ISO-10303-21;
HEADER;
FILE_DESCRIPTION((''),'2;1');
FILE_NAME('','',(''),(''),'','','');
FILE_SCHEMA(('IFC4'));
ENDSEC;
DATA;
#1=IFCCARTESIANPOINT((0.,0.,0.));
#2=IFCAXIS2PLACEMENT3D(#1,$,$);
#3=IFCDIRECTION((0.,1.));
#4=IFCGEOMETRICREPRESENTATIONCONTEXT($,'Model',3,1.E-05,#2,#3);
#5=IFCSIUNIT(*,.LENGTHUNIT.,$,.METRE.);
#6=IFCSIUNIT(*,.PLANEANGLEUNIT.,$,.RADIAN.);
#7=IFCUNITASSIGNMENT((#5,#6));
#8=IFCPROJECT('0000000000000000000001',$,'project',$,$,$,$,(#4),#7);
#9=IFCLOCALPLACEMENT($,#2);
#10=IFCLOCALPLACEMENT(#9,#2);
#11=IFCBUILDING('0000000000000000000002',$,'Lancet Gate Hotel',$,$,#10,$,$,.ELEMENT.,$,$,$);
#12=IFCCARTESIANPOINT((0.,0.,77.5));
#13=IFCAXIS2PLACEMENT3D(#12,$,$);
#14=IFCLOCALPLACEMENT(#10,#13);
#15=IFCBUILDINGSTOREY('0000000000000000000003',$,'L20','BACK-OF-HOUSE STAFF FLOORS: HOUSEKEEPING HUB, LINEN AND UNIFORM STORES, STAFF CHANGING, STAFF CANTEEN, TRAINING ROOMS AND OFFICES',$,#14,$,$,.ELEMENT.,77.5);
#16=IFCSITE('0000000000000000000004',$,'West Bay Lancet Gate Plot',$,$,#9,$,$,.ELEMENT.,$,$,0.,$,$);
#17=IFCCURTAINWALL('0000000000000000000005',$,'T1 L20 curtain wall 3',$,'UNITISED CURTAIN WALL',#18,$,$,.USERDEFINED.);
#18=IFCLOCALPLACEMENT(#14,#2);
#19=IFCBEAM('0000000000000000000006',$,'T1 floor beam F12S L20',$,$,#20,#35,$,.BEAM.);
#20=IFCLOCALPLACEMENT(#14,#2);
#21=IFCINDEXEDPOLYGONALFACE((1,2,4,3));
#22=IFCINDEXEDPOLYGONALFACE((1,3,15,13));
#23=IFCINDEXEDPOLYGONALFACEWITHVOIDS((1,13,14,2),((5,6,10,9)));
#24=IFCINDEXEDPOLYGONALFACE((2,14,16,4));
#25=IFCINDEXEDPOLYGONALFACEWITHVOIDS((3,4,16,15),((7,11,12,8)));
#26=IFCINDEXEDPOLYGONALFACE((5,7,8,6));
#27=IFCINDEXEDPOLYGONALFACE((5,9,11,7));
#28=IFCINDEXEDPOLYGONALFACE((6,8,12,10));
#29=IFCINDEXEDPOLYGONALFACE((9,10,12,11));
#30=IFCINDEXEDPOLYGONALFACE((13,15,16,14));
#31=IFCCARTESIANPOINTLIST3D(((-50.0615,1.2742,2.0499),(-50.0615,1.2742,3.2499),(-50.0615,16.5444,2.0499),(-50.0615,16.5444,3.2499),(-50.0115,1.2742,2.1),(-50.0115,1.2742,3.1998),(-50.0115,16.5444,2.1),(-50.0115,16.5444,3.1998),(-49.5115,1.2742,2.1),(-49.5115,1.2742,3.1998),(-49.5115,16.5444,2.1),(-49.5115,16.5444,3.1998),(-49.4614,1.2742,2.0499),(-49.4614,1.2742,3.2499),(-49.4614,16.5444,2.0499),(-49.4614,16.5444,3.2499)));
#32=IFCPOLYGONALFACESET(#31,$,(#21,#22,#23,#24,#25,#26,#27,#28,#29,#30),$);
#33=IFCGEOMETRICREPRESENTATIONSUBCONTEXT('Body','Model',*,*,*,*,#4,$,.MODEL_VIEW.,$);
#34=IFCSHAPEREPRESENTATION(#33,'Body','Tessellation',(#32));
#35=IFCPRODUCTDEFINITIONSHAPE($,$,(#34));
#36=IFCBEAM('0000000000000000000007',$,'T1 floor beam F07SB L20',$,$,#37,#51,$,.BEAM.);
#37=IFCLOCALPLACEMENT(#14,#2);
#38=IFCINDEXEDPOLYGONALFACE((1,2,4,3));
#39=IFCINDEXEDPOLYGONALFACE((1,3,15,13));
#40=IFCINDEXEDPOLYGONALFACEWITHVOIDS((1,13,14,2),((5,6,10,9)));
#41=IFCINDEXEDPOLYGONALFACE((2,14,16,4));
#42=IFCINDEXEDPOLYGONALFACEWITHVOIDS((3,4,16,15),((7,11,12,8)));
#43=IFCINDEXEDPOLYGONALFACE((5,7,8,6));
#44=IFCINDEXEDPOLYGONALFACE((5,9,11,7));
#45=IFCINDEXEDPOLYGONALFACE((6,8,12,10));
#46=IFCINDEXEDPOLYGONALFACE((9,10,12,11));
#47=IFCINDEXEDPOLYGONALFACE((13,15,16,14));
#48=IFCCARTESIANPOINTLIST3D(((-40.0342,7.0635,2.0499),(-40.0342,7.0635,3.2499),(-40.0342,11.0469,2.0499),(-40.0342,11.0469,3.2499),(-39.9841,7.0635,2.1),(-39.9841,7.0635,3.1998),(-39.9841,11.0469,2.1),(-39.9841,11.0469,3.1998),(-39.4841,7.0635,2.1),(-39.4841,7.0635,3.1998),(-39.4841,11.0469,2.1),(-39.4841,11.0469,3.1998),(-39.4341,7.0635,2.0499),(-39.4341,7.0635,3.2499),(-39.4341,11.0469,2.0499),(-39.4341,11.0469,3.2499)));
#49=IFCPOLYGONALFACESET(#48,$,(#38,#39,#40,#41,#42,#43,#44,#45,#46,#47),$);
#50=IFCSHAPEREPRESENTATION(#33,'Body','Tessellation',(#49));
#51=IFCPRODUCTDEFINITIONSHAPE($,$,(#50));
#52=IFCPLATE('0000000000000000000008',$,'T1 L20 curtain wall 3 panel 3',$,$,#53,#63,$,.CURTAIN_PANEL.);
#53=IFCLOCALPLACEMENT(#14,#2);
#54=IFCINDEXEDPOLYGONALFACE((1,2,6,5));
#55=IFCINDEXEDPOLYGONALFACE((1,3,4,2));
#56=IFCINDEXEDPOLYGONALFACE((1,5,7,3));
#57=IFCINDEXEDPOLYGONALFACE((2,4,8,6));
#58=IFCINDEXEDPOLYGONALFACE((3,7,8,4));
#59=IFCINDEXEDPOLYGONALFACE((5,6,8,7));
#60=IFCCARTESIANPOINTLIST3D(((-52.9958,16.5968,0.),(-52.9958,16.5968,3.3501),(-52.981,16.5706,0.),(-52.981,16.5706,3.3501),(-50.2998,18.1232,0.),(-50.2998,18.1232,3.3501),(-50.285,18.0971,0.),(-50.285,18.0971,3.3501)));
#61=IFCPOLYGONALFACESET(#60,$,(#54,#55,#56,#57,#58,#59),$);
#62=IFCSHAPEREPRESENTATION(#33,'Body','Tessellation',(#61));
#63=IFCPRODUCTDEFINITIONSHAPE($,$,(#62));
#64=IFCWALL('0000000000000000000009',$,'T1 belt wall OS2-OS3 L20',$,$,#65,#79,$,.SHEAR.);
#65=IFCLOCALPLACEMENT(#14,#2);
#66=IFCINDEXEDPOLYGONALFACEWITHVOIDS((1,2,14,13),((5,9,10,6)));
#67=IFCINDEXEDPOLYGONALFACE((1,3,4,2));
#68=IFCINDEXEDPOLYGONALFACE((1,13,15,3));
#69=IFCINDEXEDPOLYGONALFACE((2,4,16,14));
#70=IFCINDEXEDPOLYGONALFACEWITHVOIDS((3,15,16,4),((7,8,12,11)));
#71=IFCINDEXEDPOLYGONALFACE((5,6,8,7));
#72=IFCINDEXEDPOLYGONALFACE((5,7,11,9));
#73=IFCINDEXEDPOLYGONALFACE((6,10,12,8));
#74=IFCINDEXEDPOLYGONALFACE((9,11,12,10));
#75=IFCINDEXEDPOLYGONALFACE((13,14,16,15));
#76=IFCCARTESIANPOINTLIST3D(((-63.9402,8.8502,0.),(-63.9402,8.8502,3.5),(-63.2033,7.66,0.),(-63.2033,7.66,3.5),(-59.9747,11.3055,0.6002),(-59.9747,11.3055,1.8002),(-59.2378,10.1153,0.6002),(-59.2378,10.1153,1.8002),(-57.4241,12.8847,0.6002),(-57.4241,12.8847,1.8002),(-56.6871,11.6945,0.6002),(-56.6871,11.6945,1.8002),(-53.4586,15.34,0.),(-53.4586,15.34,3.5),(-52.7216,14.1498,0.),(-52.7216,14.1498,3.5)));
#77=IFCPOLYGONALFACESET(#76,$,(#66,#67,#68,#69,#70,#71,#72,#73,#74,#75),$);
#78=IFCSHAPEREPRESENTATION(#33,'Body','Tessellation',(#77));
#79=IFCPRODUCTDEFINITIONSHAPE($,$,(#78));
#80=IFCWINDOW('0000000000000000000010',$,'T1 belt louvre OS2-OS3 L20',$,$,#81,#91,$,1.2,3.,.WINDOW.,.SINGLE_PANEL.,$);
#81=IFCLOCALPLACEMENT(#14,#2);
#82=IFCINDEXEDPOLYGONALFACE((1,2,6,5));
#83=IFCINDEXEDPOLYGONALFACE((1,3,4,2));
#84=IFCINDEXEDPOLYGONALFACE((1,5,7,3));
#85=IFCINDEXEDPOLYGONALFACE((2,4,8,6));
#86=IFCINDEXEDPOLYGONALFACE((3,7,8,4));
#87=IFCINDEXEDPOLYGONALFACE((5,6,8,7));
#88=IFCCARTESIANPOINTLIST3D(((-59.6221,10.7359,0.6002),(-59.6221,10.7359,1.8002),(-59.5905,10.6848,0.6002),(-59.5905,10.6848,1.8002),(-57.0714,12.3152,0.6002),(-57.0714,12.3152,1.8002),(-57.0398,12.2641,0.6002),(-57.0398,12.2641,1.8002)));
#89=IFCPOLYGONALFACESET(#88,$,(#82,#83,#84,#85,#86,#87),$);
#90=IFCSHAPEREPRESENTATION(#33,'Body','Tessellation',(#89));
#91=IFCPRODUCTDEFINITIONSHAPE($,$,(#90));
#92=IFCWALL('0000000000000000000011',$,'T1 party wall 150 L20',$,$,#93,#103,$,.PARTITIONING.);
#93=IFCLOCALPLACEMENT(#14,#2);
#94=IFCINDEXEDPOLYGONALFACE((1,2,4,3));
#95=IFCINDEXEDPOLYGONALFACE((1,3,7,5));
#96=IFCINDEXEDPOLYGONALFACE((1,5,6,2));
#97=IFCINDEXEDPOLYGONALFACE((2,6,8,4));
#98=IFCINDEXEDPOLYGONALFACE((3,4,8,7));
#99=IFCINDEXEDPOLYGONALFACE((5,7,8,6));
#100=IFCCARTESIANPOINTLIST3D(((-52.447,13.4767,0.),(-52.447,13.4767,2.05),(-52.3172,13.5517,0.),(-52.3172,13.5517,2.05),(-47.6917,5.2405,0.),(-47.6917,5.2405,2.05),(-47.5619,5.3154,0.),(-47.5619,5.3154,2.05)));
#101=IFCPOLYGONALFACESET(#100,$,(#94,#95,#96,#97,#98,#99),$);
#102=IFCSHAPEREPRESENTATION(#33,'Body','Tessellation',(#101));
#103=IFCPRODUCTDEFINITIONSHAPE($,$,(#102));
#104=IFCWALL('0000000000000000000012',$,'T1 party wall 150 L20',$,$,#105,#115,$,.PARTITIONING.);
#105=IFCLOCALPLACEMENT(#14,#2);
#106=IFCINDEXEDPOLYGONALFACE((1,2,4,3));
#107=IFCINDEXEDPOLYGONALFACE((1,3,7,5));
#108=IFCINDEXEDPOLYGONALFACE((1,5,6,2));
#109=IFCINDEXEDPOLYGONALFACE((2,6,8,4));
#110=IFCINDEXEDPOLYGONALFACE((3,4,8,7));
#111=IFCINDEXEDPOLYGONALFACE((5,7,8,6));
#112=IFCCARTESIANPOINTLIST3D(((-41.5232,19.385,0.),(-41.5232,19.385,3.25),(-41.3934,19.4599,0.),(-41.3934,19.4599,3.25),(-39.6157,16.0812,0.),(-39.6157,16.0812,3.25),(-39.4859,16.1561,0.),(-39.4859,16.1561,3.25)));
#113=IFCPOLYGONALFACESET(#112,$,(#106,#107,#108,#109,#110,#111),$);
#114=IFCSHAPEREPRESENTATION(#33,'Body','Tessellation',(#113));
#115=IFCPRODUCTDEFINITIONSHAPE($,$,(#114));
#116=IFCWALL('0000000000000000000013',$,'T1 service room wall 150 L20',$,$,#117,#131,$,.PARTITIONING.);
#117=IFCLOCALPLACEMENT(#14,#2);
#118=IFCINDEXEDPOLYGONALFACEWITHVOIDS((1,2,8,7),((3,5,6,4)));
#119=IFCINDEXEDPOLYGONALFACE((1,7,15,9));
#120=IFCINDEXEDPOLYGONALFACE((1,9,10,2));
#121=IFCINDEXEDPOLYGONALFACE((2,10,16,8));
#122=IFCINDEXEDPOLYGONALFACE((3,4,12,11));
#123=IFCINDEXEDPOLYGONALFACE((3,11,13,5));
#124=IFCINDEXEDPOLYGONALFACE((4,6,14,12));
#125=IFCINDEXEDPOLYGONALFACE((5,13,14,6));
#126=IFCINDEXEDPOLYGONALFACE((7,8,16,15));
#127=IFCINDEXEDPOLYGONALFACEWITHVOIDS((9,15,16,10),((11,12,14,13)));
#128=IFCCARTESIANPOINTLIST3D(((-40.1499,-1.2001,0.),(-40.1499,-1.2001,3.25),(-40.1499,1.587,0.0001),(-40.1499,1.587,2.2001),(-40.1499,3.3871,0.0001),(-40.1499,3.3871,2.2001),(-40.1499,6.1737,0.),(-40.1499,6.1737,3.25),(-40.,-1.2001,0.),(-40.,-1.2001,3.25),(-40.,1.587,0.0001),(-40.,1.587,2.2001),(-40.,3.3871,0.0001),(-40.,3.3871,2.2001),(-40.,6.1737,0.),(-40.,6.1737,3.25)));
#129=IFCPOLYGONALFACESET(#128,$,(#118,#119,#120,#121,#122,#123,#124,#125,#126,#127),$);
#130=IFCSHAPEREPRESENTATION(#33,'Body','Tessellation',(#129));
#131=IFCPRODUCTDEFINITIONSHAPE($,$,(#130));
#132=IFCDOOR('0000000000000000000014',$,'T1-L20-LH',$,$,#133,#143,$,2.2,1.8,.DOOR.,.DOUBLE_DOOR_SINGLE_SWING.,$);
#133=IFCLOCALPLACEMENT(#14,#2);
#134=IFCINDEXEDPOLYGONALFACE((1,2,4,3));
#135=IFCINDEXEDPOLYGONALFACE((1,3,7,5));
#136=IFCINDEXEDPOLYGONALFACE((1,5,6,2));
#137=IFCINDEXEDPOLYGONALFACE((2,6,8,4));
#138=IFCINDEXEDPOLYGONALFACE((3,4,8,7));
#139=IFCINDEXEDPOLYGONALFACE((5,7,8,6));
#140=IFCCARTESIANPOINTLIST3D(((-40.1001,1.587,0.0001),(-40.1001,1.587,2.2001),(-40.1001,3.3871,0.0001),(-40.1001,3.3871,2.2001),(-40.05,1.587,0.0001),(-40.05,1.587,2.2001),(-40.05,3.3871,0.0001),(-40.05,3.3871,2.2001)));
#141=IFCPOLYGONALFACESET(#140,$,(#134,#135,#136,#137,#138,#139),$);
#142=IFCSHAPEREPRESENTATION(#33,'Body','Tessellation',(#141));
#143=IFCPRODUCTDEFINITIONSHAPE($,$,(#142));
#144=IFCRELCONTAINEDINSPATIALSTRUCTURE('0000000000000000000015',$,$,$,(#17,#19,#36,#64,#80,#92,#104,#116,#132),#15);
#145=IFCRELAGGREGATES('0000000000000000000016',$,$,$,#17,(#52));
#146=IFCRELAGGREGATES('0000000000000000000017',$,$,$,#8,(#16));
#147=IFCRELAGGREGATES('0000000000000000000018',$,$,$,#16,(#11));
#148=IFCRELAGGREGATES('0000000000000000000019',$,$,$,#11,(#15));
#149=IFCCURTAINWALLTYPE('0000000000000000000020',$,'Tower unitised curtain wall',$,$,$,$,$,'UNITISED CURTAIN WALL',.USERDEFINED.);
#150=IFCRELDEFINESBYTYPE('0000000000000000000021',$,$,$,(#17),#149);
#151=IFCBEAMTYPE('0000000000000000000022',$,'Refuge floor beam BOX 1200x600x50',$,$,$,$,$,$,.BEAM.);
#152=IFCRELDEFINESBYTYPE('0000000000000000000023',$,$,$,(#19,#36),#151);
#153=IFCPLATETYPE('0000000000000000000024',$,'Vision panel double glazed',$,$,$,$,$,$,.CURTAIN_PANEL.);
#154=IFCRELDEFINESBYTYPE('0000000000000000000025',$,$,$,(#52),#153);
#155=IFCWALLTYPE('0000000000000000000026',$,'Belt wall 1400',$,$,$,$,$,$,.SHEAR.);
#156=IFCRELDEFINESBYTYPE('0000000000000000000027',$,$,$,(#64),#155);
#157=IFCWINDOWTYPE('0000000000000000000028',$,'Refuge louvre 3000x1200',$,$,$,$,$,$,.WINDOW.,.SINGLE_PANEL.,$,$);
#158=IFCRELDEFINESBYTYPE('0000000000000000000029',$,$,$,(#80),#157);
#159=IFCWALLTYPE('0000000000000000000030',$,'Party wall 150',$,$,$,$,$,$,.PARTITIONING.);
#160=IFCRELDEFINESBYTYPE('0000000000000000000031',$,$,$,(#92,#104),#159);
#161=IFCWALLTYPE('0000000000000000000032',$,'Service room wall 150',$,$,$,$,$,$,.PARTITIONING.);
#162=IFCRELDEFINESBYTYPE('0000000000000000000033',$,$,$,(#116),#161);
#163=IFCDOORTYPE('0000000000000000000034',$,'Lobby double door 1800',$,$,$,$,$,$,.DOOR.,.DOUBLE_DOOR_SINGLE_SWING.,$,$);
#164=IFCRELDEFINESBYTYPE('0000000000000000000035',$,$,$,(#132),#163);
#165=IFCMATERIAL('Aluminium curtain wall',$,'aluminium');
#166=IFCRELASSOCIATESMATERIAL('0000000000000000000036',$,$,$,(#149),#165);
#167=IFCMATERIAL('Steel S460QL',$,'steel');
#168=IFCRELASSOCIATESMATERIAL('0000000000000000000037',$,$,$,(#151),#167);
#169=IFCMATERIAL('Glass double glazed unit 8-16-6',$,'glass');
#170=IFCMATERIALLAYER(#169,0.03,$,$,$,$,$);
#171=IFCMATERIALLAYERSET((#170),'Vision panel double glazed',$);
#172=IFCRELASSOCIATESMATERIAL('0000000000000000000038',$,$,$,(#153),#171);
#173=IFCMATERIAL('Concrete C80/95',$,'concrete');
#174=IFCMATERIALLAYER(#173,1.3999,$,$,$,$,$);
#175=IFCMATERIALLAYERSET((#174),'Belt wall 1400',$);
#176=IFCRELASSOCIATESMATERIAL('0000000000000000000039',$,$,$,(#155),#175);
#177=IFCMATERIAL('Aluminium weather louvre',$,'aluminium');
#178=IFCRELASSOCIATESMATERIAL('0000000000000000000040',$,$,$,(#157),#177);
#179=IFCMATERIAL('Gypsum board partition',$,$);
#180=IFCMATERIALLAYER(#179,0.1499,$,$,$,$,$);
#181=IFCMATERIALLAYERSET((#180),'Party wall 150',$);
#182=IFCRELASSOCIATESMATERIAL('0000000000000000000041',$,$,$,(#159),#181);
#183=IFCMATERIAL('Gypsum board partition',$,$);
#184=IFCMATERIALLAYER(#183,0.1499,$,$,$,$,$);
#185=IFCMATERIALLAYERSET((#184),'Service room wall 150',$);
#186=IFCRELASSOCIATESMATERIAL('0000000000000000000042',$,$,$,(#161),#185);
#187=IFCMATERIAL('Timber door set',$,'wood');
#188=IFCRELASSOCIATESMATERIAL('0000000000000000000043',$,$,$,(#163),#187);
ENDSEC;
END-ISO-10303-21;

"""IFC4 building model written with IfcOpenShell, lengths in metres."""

from ifc_helpers import new_model, si_unit, direction, frame, frame_2d, origin, origin_2d, place, context, subcontext, project, spatial, rectangle, hollow_rectangle, extrude, material, layer, layer_set, material_profile, profile_set, type_object, element, fill, aggregate, save


model = new_model("IFC4")

# Units and contexts
model_context = context("Model", 3, precision=1e-05, world=origin(), true_north=direction((0.0, 1.0)))
body_context = subcontext(model_context, "Body", "Model", "MODEL_VIEW")
ifc_project = project(units=[si_unit("LENGTHUNIT", "METRE"), si_unit("PLANEANGLEUNIT", "RADIAN")], contexts=[model_context])

# Site, building, storey
site_placement = place(None, origin())
site = spatial("IfcSite", under=ifc_project, at=site_placement, Name="West Bay Lancet Gate Plot", CompositionType="ELEMENT", RefElevation=0.0)
building_placement = place(site_placement, origin())
building = spatial("IfcBuilding", under=site, at=building_placement, Name="Lancet Gate Hotel", CompositionType="ELEMENT")
storey_placement = place(building_placement, frame((0.0, 0.0, 77.5)))
storey = spatial("IfcBuildingStorey", under=building, at=storey_placement, Name="L20", Description="BACK-OF-HOUSE STAFF FLOORS: HOUSEKEEPING HUB, LINEN AND UNIFORM STORES, STAFF CHANGING, STAFF CANTEEN, TRAINING ROOMS AND OFFICES", CompositionType="ELEMENT", Elevation=77.5)

# Curtain wall
ifc_material_1 = material(Name="Aluminium curtain wall", Category="aluminium")
curtain_wall_type = type_object("IfcCurtainWallType", Name="Tower unitised curtain wall", ElementType="UNITISED CURTAIN WALL", PredefinedType="USERDEFINED", material=ifc_material_1)
curtain_wall_1_placement = place(storey_placement, origin())
curtain_wall_1 = element("IfcCurtainWall", 1, at=curtain_wall_1_placement, inside=storey, type_object=curtain_wall_type, Name="T1 L20 curtain wall 3", ObjectType="UNITISED CURTAIN WALL", PredefinedType="USERDEFINED")

# Beams
ifc_material_2 = material(Name="Steel S460QL", Category="steel")
ifc_material_profile_1 = material_profile(ifc_material_2, hollow_rectangle(XDim=0.6001, YDim=1.2, WallThickness=0.05, at=origin_2d()), Name="BOX 1200x600x50")
ifc_profile_set_1 = profile_set([ifc_material_profile_1], Name="Steel S460QL")
beam_type = type_object("IfcBeamType", Name="Refuge floor beam BOX 1200x600x50", PredefinedType="BEAM", material=ifc_profile_set_1)
beam_1_placement = place(storey_placement, frame((-49.7615, 16.5444, 2.6499), z_axis=(0.0, -1.0, 0.0), x_axis=(1.0, 0.0, 0.0)))
element("IfcBeam", 2, at=beam_1_placement, inside=storey, type_object=beam_type, Name="T1 floor beam F12S L20", PredefinedType="BEAM", context=body_context, shape_type="SweptSolid", body=[
    extrude(hollow_rectangle(XDim=0.6001, YDim=1.2, WallThickness=0.05, at=origin_2d()), origin(), (0.0, 0.0, 1.0), 15.2703),
])
beam_2_placement = place(storey_placement, frame((-39.7341, 11.0469, 2.6499), z_axis=(0.0, -1.0, 0.0), x_axis=(1.0, 0.0, 0.0)))
element("IfcBeam", 3, at=beam_2_placement, inside=storey, type_object=beam_type, Name="T1 floor beam F07SB L20", PredefinedType="BEAM", context=body_context, shape_type="SweptSolid", body=[
    extrude(hollow_rectangle(XDim=0.6001, YDim=1.2, WallThickness=0.05, at=origin_2d()), origin(), (0.0, 0.0, 1.0), 3.9834),
])

# Plate
ifc_material_3 = material(Name="Glass double glazed unit 8-16-6", Category="glass")
ifc_layer_1 = layer(ifc_material_3, 0.03)
ifc_layer_set_1 = layer_set([ifc_layer_1], Name="Vision panel double glazed")
plate_type = type_object("IfcPlateType", Name="Vision panel double glazed", PredefinedType="CURTAIN_PANEL", material=ifc_layer_set_1)
plate_placement = place(storey_placement, frame((-51.6404, 17.3469, 0.0), z_axis=(0.0, 0.0, 1.0), x_axis=(-0.870205, -0.49269, 0.0)))
plate = element("IfcPlate", 4, at=plate_placement, type_object=plate_type, Name="T1 L20 curtain wall 3 panel 3", PredefinedType="CURTAIN_PANEL", context=body_context, shape_type="SweptSolid", body=[
    extrude(rectangle(XDim=3.0981, YDim=0.03, at=origin_2d()), origin(), (0.0, 0.0, 1.0), 3.3501),
])
aggregate(curtain_wall_1, [plate])

# Wall, opening, window
ifc_material_4 = material(Name="Concrete C80/95", Category="concrete")
ifc_layer_2 = layer(ifc_material_4, 1.3999)
ifc_layer_set_2 = layer_set([ifc_layer_2], Name="Belt wall 1400")
wall_type_1 = type_object("IfcWallType", Name="Belt wall 1400", PredefinedType="SHEAR", material=ifc_layer_set_2)
wall_1_placement = place(storey_placement, frame((-53.0901, 14.7449, 0.0), z_axis=(0.0, 0.0, 1.0), x_axis=(-0.850226, -0.526418, 0.0)))
wall_1 = element("IfcWall", 5, at=wall_1_placement, inside=storey, type_object=wall_type_1, Name="T1 belt wall OS2-OS3 L20", PredefinedType="SHEAR", context=body_context, shape_type="SweptSolid", body=[
    extrude(rectangle(XDim=12.3281, YDim=1.3999, at=frame_2d((6.1641, 0.0))), origin(), (0.0, 0.0, 1.0), 3.5),
])
opening_1_placement = place(wall_1_placement, frame((4.6641, 0.0, 0.6001)))
opening_1 = element("IfcOpeningElement", 6, at=opening_1_placement, cuts=wall_1, PredefinedType="OPENING", context=body_context, shape_type="SweptSolid", body=[
    extrude(rectangle(XDim=3.0, YDim=1.2, at=frame_2d((1.5, 0.6001))), frame((0.0, 0.71, 0.0), z_axis=(0.0, -1.0, 0.0), x_axis=(1.0, 0.0, 0.0)), (0.0, 0.0, 1.0), 1.4199),
])
ifc_material_5 = material(Name="Aluminium weather louvre", Category="aluminium")
window_type = type_object("IfcWindowType", Name="Refuge louvre 3000x1200", PartitioningType="SINGLE_PANEL", PredefinedType="WINDOW", material=ifc_material_5)
window_placement = place(opening_1_placement, origin())
window = element("IfcWindow", 7, at=window_placement, inside=storey, type_object=window_type, Name="T1 belt louvre OS2-OS3 L20", OverallHeight=1.2, OverallWidth=3.0, PartitioningType="SINGLE_PANEL", PredefinedType="WINDOW", context=body_context, shape_type="SweptSolid", body=[
    extrude(rectangle(XDim=3.0, YDim=1.2, at=frame_2d((1.5, 0.6001))), frame((0.0, 0.03, 0.0), z_axis=(0.0, -1.0, 0.0), x_axis=(1.0, 0.0, 0.0)), (0.0, 0.0, 1.0), 0.0601),
])
fill(opening_1, window)

# Walls
ifc_material_6 = material(Name="Gypsum board partition")
ifc_layer_3 = layer(ifc_material_6, 0.1499)
ifc_layer_set_3 = layer_set([ifc_layer_3], Name="Party wall 150")
wall_type_2 = type_object("IfcWallType", Name="Party wall 150", PredefinedType="PARTITIONING", material=ifc_layer_set_3)
wall_2_placement = place(storey_placement, frame((-47.6267, 5.2778, 0.0), z_axis=(0.0, 0.0, 1.0), x_axis=(-0.50001, 0.86602, 0.0)))
element("IfcWall", 8, at=wall_2_placement, inside=storey, type_object=wall_type_2, Name="T1 party wall 150 L20", PredefinedType="PARTITIONING", context=body_context, shape_type="SweptSolid", body=[
    extrude(rectangle(XDim=9.5105, YDim=0.1499, at=frame_2d((4.7554, 0.0))), origin(), (0.0, 0.0, 1.0), 2.05),
])
wall_3_placement = place(storey_placement, frame((-39.5508, 16.1187, 0.0), z_axis=(0.0, 0.0, 1.0), x_axis=(-0.500014, 0.866017, 0.0)))
element("IfcWall", 9, at=wall_3_placement, inside=storey, type_object=wall_type_2, Name="T1 party wall 150 L20", PredefinedType="PARTITIONING", context=body_context, shape_type="SweptSolid", body=[
    extrude(rectangle(XDim=3.8149, YDim=0.1499, at=frame_2d((1.9075, 0.0))), origin(), (0.0, 0.0, 1.0), 3.25),
])

# Wall, opening, door
ifc_material_7 = material(Name="Gypsum board partition")
ifc_layer_4 = layer(ifc_material_7, 0.1499)
ifc_layer_set_4 = layer_set([ifc_layer_4], Name="Service room wall 150")
wall_type_3 = type_object("IfcWallType", Name="Service room wall 150", PredefinedType="PARTITIONING", material=ifc_layer_set_4)
wall_4_placement = place(storey_placement, frame((-40.075, 6.1738, 0.0), z_axis=(0.0, 0.0, 1.0), x_axis=(0.0, -1.0, 0.0)))
wall_4 = element("IfcWall", 10, at=wall_4_placement, inside=storey, type_object=wall_type_3, Name="T1 service room wall 150 L20", PredefinedType="PARTITIONING", context=body_context, shape_type="SweptSolid", body=[
    extrude(rectangle(XDim=7.3738, YDim=0.1499, at=frame_2d((3.687, 0.0))), origin(), (0.0, 0.0, 1.0), 3.25),
])
opening_2_placement = place(wall_4_placement, frame((2.7869, 0.0, 0.0)))
opening_2 = element("IfcOpeningElement", 11, at=opening_2_placement, cuts=wall_4, PredefinedType="OPENING", context=body_context, shape_type="SweptSolid", body=[
    extrude(rectangle(XDim=1.8, YDim=2.2, at=frame_2d((0.8999, 1.1001))), frame((0.0, 0.085, 0.0), z_axis=(0.0, -1.0, 0.0), x_axis=(1.0, 0.0, 0.0)), (0.0, 0.0, 1.0), 0.1699),
])
ifc_material_8 = material(Name="Timber door set", Category="wood")
door_type_1 = type_object("IfcDoorType", Name="Lobby double door 1800", OperationType="DOUBLE_DOOR_SINGLE_SWING", PredefinedType="DOOR", material=ifc_material_8)
door_1_placement = place(opening_2_placement, origin())
door_1 = element("IfcDoor", 12, at=door_1_placement, inside=storey, type_object=door_type_1, Name="T1-L20-LH", OperationType="DOUBLE_DOOR_SINGLE_SWING", OverallHeight=2.2, OverallWidth=1.8, PredefinedType="DOOR", context=body_context, shape_type="SweptSolid", body=[
    extrude(rectangle(XDim=1.8, YDim=2.2, at=frame_2d((0.8999, 1.1001))), frame((0.0, 0.0249, 0.0), z_axis=(0.0, -1.0, 0.0), x_axis=(1.0, 0.0, 0.0)), (0.0, 0.0, 1.0), 0.05),
])
fill(opening_2, door_1)

save(model, "model.ifc")
